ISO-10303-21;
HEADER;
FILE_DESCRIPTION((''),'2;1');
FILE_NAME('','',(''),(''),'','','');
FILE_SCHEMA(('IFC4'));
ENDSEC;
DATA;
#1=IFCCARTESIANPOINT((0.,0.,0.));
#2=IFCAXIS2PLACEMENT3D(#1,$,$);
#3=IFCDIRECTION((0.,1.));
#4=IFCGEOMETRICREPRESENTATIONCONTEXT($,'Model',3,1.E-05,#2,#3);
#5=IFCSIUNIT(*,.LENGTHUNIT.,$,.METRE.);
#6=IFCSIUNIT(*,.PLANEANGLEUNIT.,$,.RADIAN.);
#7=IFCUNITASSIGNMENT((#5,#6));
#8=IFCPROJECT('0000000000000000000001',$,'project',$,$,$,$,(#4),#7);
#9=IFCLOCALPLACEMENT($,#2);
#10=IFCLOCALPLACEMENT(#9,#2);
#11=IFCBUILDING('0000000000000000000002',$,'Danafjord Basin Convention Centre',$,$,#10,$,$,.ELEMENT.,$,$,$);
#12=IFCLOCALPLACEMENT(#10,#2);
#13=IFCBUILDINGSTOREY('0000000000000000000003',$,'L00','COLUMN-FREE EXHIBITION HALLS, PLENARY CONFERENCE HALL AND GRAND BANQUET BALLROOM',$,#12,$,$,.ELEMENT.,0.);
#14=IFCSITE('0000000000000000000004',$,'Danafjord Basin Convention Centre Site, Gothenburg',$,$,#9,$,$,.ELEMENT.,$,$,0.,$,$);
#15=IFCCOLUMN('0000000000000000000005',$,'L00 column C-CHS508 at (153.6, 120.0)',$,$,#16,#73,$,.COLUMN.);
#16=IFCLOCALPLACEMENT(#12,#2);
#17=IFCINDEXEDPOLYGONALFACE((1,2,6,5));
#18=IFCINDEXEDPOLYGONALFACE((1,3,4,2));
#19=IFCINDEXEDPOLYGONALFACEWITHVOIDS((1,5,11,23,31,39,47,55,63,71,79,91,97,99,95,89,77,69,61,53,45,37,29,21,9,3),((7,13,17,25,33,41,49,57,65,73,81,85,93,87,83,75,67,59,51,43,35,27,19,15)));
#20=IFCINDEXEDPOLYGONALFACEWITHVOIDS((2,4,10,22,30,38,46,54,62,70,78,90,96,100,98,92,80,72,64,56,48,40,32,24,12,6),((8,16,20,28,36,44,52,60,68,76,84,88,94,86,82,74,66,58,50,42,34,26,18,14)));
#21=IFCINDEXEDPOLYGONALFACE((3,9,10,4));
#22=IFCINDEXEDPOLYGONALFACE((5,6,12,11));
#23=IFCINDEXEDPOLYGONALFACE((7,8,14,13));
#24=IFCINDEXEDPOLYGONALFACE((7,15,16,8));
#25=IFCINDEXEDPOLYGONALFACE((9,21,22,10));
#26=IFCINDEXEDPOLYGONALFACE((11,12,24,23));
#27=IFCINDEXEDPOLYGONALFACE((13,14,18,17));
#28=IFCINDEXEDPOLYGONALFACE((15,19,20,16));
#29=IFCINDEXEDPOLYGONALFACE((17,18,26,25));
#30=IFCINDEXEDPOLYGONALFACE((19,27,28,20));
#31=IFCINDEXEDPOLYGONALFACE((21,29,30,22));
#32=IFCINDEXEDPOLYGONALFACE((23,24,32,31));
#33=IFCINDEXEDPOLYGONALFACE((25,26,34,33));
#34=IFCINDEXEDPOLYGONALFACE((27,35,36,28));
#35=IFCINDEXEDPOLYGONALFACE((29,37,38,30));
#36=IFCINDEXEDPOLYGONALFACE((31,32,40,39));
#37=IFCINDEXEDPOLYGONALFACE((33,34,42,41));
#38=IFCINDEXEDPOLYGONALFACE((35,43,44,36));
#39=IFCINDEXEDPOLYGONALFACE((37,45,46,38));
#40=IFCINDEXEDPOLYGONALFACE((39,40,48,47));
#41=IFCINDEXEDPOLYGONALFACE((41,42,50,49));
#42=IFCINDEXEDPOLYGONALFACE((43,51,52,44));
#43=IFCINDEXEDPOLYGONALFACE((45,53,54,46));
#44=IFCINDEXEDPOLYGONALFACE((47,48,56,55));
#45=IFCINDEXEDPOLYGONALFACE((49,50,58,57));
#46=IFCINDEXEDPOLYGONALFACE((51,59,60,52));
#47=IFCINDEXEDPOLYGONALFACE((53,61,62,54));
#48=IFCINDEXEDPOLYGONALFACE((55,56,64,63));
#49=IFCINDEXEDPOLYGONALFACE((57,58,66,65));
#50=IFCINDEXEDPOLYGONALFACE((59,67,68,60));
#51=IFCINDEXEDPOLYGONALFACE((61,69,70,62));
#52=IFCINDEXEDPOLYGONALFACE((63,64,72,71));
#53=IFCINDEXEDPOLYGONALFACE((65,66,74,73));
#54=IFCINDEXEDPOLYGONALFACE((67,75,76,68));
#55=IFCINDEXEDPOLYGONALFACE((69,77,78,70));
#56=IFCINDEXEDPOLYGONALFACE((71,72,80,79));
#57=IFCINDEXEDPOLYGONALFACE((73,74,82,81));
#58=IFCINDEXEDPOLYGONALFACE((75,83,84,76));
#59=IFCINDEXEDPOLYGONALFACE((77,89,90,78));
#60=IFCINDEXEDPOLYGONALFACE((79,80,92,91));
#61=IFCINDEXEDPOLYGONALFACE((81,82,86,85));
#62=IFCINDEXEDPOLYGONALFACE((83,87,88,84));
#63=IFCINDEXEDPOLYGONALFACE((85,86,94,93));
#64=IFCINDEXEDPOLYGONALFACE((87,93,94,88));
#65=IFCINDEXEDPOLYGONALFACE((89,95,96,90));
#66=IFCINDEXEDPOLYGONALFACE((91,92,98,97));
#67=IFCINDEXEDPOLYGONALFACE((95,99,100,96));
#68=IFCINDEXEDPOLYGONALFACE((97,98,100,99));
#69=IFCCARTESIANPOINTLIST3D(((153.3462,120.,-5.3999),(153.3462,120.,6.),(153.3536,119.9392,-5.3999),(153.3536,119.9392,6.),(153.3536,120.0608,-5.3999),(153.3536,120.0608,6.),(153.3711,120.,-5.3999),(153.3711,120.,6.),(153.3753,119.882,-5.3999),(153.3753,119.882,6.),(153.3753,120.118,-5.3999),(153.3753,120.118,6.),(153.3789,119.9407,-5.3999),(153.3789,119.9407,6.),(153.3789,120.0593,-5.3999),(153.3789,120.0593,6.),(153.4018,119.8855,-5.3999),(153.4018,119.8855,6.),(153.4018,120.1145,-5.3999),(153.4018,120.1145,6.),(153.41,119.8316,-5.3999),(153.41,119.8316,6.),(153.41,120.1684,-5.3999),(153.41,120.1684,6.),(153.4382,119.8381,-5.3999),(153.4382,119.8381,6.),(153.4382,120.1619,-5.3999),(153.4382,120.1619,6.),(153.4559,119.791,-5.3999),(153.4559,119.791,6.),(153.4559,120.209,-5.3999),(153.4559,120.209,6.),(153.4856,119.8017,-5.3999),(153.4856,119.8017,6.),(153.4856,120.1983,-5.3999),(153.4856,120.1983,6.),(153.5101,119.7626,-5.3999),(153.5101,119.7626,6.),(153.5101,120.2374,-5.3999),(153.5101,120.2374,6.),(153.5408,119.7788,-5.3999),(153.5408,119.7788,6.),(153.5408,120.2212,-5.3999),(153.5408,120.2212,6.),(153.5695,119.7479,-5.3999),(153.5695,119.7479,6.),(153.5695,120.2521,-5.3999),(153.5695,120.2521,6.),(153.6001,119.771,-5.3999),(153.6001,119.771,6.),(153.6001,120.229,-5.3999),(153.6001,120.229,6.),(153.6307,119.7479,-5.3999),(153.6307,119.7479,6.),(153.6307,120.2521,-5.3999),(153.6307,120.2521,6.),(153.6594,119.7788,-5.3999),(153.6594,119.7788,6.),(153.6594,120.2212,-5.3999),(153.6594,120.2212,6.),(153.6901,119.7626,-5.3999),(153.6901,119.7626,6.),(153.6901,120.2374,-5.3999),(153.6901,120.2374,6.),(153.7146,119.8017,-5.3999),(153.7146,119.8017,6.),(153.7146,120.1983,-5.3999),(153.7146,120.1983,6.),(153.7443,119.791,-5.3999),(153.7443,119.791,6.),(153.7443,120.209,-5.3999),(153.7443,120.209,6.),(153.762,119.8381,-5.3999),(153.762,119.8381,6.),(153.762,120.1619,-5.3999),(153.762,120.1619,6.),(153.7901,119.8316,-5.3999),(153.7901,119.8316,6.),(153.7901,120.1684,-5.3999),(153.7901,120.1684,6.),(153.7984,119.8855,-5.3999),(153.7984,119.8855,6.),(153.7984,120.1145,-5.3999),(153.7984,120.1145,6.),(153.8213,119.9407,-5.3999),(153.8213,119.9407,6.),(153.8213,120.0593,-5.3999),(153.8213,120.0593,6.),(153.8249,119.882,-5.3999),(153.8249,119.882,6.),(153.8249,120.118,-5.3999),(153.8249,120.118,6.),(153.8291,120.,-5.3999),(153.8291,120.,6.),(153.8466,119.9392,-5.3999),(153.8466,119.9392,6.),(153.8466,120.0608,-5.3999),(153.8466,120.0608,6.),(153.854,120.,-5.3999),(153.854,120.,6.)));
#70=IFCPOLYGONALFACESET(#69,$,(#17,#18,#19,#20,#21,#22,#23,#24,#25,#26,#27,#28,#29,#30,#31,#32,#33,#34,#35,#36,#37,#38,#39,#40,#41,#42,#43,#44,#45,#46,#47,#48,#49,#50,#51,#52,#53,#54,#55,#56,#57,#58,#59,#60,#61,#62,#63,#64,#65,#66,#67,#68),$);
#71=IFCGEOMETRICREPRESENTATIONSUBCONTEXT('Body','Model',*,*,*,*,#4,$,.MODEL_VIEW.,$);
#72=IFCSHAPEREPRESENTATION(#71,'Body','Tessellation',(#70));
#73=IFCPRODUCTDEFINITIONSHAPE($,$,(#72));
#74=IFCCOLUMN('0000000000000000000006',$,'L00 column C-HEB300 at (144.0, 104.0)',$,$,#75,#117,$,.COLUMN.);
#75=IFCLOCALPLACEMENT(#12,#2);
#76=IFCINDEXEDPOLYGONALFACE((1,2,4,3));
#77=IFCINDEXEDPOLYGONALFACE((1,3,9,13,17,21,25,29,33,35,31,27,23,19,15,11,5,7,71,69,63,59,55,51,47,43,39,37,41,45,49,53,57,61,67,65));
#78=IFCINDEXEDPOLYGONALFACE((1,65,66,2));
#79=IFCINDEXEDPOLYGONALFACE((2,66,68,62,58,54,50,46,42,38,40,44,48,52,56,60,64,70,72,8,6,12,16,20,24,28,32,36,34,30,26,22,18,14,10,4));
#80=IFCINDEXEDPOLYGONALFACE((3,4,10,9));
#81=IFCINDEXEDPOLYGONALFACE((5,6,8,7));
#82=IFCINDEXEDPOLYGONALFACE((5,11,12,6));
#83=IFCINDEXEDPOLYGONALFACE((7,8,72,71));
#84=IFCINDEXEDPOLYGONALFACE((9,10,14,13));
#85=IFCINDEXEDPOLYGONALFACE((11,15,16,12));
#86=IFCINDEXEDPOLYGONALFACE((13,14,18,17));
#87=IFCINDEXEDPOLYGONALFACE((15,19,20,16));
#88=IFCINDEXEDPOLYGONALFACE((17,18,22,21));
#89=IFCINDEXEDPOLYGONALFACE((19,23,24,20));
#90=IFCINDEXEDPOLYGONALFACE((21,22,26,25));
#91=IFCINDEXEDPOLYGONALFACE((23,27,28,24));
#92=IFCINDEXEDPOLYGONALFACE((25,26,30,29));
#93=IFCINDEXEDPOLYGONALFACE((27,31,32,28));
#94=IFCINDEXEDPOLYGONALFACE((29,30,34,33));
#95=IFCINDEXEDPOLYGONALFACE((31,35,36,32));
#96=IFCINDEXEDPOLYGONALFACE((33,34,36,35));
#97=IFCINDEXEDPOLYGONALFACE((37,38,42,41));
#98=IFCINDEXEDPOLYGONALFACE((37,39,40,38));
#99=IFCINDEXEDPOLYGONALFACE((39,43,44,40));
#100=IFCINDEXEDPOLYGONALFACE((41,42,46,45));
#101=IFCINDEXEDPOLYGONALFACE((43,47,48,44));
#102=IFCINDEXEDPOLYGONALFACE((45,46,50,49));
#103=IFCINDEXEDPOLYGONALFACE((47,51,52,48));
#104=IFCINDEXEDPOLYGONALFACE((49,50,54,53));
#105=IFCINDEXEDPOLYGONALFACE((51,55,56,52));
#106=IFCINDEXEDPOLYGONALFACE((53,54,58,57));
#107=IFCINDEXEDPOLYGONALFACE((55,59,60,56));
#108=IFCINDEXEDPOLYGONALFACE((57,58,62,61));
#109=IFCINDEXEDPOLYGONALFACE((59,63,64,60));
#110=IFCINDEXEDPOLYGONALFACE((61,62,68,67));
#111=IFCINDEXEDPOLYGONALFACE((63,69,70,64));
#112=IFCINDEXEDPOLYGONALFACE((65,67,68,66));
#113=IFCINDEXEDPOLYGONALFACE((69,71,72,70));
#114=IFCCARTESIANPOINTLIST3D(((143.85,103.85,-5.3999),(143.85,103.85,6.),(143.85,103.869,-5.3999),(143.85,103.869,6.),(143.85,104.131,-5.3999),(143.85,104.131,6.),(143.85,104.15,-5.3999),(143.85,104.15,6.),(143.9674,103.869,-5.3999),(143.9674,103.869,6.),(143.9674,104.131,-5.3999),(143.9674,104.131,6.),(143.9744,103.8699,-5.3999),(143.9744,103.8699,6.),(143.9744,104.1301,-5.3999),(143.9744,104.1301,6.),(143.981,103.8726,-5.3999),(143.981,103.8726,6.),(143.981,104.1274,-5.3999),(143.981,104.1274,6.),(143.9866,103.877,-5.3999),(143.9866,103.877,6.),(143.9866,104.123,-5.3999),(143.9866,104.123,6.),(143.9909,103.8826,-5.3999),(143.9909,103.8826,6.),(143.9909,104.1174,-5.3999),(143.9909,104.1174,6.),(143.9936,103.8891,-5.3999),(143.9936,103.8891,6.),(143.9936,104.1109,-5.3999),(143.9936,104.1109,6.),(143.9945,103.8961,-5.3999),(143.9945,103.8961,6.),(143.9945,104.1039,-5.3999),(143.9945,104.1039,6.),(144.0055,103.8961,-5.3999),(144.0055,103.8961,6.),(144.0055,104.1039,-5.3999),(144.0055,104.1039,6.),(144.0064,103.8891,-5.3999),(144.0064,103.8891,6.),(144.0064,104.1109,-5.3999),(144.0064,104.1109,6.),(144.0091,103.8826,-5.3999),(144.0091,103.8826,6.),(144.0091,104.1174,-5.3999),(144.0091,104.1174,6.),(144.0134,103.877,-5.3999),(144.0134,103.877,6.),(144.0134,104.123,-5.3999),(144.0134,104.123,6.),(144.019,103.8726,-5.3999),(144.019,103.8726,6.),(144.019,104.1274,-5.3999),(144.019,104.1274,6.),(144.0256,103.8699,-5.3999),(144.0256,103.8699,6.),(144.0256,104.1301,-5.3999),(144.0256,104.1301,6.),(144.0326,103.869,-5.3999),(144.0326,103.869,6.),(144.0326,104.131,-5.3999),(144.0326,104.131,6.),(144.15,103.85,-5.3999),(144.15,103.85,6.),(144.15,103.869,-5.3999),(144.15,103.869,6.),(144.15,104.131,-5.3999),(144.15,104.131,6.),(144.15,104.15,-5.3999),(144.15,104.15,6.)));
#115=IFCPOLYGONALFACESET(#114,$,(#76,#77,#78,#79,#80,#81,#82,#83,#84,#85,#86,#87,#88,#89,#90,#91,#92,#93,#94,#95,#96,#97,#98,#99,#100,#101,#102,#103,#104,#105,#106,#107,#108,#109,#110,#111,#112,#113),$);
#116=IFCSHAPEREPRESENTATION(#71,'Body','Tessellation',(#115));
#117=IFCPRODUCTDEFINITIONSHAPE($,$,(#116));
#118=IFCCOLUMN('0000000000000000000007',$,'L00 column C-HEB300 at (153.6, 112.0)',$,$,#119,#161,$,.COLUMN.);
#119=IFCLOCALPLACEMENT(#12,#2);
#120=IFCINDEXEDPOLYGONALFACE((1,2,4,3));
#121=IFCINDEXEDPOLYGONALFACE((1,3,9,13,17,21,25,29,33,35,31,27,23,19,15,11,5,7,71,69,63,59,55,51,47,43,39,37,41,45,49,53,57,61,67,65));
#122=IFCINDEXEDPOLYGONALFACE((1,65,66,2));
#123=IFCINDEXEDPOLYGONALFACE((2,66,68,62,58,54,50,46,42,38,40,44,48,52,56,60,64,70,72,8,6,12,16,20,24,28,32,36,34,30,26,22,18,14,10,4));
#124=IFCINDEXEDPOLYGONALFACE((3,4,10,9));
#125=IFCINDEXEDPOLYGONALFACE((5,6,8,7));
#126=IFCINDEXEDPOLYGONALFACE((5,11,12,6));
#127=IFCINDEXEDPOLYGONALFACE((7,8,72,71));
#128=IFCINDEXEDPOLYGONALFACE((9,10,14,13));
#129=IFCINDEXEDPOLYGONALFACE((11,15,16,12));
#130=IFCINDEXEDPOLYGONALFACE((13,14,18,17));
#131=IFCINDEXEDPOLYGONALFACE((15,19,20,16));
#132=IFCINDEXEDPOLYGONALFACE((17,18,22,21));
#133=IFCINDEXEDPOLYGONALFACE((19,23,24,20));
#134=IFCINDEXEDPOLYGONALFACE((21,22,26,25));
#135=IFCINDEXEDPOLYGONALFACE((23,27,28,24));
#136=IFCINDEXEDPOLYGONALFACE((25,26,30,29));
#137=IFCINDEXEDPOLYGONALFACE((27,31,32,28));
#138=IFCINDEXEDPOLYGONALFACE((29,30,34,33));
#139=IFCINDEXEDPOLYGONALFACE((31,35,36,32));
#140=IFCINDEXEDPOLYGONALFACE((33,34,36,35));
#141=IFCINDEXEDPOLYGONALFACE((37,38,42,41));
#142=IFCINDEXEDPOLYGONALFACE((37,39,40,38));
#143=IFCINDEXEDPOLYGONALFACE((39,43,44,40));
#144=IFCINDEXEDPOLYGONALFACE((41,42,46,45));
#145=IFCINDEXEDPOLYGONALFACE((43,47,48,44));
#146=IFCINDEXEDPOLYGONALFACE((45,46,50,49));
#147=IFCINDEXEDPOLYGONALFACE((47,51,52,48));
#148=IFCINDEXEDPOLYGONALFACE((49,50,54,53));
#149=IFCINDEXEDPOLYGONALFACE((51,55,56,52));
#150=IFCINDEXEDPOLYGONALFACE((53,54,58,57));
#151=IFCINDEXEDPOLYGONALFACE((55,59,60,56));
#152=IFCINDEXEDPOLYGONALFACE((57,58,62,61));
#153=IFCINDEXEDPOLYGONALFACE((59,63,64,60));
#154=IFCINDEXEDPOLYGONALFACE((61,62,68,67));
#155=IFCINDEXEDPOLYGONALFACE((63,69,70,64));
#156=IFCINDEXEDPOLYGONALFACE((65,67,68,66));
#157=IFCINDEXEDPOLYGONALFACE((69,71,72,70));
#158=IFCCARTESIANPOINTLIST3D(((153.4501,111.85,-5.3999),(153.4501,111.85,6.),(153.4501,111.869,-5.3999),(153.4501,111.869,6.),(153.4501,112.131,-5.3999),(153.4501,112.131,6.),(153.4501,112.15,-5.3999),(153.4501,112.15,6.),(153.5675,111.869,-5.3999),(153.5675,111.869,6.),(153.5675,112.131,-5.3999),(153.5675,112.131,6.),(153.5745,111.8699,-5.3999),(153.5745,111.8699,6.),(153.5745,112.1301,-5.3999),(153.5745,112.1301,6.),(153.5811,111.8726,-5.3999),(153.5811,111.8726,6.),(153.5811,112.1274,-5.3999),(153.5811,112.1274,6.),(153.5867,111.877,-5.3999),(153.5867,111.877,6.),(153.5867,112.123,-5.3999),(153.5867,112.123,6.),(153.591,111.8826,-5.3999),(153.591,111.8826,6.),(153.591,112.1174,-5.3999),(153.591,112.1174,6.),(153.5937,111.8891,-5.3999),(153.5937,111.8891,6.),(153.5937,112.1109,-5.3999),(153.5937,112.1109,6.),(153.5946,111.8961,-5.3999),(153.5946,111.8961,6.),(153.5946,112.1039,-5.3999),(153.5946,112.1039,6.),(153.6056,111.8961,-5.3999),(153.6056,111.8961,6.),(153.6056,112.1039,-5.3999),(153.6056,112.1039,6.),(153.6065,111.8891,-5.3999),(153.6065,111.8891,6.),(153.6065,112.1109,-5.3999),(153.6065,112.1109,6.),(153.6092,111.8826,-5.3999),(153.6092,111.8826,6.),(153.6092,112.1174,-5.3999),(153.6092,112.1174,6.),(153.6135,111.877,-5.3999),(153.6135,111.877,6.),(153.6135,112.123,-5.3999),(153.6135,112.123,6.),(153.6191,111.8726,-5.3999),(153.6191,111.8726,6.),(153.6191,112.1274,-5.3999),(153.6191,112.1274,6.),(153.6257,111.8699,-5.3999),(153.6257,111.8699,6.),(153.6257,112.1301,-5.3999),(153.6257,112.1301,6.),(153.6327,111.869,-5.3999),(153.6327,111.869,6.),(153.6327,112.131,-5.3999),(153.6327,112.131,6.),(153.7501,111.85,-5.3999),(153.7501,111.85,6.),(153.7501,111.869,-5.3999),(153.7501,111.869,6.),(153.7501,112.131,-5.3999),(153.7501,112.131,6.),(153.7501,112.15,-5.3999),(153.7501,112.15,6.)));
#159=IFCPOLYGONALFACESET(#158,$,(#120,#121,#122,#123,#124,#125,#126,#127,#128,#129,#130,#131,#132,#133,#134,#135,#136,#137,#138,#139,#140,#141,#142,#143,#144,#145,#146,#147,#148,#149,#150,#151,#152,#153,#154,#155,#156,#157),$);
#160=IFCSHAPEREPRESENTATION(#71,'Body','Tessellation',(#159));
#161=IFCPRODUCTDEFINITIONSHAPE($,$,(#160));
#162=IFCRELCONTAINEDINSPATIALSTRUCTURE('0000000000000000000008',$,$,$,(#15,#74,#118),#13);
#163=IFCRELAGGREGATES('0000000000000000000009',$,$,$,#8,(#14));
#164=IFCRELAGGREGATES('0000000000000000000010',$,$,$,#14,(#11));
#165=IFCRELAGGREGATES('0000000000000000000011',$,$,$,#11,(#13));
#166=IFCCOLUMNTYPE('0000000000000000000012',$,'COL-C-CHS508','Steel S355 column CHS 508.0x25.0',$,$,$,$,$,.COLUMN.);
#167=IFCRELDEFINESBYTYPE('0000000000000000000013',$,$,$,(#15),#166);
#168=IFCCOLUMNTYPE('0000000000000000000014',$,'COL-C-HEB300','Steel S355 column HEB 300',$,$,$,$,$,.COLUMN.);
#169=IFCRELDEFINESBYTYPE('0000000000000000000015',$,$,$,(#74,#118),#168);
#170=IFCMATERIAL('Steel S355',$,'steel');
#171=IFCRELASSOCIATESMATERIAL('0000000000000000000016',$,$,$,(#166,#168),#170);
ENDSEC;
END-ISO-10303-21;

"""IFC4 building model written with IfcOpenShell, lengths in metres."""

from ifc_helpers import new_model, si_unit, direction, frame, origin, origin_2d, place, context, subcontext, project, spatial, hollow_circle, i_section, extrude, material, material_profile, profile_set, type_object, element, save


model = new_model("IFC4")

# Units and contexts
model_context = context("Model", 3, precision=1e-05, world=origin(), true_north=direction((0.0, 1.0)))
body_context = subcontext(model_context, "Body", "Model", "MODEL_VIEW")
ifc_project = project(units=[si_unit("LENGTHUNIT", "METRE"), si_unit("PLANEANGLEUNIT", "RADIAN")], contexts=[model_context])

# Site, building, storey
site_placement = place(None, origin())
site = spatial("IfcSite", under=ifc_project, at=site_placement, Name="Danafjord Basin Convention Centre Site, Gothenburg", CompositionType="ELEMENT", RefElevation=0.0)
building_placement = place(site_placement, origin())
building = spatial("IfcBuilding", under=site, at=building_placement, Name="Danafjord Basin Convention Centre", CompositionType="ELEMENT")
storey_placement = place(building_placement, origin())
storey = spatial("IfcBuildingStorey", under=building, at=storey_placement, Name="L00", Description="COLUMN-FREE EXHIBITION HALLS, PLENARY CONFERENCE HALL AND GRAND BANQUET BALLROOM", CompositionType="ELEMENT", Elevation=0.0)

# Columns
ifc_material_1 = material(Name="Steel S355", Category="steel")
ifc_material_profile_1 = material_profile(ifc_material_1, hollow_circle(Radius=0.2539, WallThickness=0.0249, at=origin_2d()), Name="CHS 508.0x25.0")
ifc_profile_set_1 = profile_set([ifc_material_profile_1], Name="Steel S355")
column_type_1 = type_object("IfcColumnType", Name="COL-C-CHS508", Description="Steel S355 column CHS 508.0x25.0", PredefinedType="COLUMN", material=ifc_profile_set_1)
column_1_placement = place(storey_placement, frame((153.6001, 120.0, -5.3999), z_axis=(0.0, 0.0, 1.0), x_axis=(1.0, 0.0, 0.0)))
element("IfcColumn", 1, at=column_1_placement, inside=storey, type_object=column_type_1, Name="L00 column C-CHS508 at (153.6, 120.0)", PredefinedType="COLUMN", context=body_context, shape_type="SweptSolid", body=[
    extrude(hollow_circle(Radius=0.2539, WallThickness=0.0249, at=origin_2d()), origin(), (0.0, 0.0, 1.0), 11.3999),
])
ifc_material_profile_2 = material_profile(ifc_material_1, i_section(OverallWidth=0.3, OverallDepth=0.3, WebThickness=0.011, FlangeThickness=0.019, FilletRadius=0.0271, at=origin_2d()), Name="HEB 300")
ifc_profile_set_2 = profile_set([ifc_material_profile_2], Name="Steel S355")
column_type_2 = type_object("IfcColumnType", Name="COL-C-HEB300", Description="Steel S355 column HEB 300", PredefinedType="COLUMN", material=ifc_profile_set_2)
for number, where, z_axis, x_axis, name in (
    (2, (144.0, 104.0, -5.3999), (0.0, 0.0, 1.0), (1.0, 0.0, 0.0), "L00 column C-HEB300 at (144.0, 104.0)"),
    (3, (153.6001, 112.0, -5.3999), (0.0, 0.0, 1.0), (1.0, 0.0, 0.0), "L00 column C-HEB300 at (153.6, 112.0)"),
):
    element("IfcColumn", number, at=place(storey_placement, frame(where, z_axis=z_axis, x_axis=x_axis)), inside=storey, type_object=column_type_2, Name=name, PredefinedType="COLUMN", context=body_context, shape_type="SweptSolid", body=[
        extrude(i_section(OverallWidth=0.3, OverallDepth=0.3, WebThickness=0.011, FlangeThickness=0.019, FilletRadius=0.0271, at=origin_2d()), origin(), (0.0, 0.0, 1.0), 11.3999),
    ])

save(model, "model.ifc")
